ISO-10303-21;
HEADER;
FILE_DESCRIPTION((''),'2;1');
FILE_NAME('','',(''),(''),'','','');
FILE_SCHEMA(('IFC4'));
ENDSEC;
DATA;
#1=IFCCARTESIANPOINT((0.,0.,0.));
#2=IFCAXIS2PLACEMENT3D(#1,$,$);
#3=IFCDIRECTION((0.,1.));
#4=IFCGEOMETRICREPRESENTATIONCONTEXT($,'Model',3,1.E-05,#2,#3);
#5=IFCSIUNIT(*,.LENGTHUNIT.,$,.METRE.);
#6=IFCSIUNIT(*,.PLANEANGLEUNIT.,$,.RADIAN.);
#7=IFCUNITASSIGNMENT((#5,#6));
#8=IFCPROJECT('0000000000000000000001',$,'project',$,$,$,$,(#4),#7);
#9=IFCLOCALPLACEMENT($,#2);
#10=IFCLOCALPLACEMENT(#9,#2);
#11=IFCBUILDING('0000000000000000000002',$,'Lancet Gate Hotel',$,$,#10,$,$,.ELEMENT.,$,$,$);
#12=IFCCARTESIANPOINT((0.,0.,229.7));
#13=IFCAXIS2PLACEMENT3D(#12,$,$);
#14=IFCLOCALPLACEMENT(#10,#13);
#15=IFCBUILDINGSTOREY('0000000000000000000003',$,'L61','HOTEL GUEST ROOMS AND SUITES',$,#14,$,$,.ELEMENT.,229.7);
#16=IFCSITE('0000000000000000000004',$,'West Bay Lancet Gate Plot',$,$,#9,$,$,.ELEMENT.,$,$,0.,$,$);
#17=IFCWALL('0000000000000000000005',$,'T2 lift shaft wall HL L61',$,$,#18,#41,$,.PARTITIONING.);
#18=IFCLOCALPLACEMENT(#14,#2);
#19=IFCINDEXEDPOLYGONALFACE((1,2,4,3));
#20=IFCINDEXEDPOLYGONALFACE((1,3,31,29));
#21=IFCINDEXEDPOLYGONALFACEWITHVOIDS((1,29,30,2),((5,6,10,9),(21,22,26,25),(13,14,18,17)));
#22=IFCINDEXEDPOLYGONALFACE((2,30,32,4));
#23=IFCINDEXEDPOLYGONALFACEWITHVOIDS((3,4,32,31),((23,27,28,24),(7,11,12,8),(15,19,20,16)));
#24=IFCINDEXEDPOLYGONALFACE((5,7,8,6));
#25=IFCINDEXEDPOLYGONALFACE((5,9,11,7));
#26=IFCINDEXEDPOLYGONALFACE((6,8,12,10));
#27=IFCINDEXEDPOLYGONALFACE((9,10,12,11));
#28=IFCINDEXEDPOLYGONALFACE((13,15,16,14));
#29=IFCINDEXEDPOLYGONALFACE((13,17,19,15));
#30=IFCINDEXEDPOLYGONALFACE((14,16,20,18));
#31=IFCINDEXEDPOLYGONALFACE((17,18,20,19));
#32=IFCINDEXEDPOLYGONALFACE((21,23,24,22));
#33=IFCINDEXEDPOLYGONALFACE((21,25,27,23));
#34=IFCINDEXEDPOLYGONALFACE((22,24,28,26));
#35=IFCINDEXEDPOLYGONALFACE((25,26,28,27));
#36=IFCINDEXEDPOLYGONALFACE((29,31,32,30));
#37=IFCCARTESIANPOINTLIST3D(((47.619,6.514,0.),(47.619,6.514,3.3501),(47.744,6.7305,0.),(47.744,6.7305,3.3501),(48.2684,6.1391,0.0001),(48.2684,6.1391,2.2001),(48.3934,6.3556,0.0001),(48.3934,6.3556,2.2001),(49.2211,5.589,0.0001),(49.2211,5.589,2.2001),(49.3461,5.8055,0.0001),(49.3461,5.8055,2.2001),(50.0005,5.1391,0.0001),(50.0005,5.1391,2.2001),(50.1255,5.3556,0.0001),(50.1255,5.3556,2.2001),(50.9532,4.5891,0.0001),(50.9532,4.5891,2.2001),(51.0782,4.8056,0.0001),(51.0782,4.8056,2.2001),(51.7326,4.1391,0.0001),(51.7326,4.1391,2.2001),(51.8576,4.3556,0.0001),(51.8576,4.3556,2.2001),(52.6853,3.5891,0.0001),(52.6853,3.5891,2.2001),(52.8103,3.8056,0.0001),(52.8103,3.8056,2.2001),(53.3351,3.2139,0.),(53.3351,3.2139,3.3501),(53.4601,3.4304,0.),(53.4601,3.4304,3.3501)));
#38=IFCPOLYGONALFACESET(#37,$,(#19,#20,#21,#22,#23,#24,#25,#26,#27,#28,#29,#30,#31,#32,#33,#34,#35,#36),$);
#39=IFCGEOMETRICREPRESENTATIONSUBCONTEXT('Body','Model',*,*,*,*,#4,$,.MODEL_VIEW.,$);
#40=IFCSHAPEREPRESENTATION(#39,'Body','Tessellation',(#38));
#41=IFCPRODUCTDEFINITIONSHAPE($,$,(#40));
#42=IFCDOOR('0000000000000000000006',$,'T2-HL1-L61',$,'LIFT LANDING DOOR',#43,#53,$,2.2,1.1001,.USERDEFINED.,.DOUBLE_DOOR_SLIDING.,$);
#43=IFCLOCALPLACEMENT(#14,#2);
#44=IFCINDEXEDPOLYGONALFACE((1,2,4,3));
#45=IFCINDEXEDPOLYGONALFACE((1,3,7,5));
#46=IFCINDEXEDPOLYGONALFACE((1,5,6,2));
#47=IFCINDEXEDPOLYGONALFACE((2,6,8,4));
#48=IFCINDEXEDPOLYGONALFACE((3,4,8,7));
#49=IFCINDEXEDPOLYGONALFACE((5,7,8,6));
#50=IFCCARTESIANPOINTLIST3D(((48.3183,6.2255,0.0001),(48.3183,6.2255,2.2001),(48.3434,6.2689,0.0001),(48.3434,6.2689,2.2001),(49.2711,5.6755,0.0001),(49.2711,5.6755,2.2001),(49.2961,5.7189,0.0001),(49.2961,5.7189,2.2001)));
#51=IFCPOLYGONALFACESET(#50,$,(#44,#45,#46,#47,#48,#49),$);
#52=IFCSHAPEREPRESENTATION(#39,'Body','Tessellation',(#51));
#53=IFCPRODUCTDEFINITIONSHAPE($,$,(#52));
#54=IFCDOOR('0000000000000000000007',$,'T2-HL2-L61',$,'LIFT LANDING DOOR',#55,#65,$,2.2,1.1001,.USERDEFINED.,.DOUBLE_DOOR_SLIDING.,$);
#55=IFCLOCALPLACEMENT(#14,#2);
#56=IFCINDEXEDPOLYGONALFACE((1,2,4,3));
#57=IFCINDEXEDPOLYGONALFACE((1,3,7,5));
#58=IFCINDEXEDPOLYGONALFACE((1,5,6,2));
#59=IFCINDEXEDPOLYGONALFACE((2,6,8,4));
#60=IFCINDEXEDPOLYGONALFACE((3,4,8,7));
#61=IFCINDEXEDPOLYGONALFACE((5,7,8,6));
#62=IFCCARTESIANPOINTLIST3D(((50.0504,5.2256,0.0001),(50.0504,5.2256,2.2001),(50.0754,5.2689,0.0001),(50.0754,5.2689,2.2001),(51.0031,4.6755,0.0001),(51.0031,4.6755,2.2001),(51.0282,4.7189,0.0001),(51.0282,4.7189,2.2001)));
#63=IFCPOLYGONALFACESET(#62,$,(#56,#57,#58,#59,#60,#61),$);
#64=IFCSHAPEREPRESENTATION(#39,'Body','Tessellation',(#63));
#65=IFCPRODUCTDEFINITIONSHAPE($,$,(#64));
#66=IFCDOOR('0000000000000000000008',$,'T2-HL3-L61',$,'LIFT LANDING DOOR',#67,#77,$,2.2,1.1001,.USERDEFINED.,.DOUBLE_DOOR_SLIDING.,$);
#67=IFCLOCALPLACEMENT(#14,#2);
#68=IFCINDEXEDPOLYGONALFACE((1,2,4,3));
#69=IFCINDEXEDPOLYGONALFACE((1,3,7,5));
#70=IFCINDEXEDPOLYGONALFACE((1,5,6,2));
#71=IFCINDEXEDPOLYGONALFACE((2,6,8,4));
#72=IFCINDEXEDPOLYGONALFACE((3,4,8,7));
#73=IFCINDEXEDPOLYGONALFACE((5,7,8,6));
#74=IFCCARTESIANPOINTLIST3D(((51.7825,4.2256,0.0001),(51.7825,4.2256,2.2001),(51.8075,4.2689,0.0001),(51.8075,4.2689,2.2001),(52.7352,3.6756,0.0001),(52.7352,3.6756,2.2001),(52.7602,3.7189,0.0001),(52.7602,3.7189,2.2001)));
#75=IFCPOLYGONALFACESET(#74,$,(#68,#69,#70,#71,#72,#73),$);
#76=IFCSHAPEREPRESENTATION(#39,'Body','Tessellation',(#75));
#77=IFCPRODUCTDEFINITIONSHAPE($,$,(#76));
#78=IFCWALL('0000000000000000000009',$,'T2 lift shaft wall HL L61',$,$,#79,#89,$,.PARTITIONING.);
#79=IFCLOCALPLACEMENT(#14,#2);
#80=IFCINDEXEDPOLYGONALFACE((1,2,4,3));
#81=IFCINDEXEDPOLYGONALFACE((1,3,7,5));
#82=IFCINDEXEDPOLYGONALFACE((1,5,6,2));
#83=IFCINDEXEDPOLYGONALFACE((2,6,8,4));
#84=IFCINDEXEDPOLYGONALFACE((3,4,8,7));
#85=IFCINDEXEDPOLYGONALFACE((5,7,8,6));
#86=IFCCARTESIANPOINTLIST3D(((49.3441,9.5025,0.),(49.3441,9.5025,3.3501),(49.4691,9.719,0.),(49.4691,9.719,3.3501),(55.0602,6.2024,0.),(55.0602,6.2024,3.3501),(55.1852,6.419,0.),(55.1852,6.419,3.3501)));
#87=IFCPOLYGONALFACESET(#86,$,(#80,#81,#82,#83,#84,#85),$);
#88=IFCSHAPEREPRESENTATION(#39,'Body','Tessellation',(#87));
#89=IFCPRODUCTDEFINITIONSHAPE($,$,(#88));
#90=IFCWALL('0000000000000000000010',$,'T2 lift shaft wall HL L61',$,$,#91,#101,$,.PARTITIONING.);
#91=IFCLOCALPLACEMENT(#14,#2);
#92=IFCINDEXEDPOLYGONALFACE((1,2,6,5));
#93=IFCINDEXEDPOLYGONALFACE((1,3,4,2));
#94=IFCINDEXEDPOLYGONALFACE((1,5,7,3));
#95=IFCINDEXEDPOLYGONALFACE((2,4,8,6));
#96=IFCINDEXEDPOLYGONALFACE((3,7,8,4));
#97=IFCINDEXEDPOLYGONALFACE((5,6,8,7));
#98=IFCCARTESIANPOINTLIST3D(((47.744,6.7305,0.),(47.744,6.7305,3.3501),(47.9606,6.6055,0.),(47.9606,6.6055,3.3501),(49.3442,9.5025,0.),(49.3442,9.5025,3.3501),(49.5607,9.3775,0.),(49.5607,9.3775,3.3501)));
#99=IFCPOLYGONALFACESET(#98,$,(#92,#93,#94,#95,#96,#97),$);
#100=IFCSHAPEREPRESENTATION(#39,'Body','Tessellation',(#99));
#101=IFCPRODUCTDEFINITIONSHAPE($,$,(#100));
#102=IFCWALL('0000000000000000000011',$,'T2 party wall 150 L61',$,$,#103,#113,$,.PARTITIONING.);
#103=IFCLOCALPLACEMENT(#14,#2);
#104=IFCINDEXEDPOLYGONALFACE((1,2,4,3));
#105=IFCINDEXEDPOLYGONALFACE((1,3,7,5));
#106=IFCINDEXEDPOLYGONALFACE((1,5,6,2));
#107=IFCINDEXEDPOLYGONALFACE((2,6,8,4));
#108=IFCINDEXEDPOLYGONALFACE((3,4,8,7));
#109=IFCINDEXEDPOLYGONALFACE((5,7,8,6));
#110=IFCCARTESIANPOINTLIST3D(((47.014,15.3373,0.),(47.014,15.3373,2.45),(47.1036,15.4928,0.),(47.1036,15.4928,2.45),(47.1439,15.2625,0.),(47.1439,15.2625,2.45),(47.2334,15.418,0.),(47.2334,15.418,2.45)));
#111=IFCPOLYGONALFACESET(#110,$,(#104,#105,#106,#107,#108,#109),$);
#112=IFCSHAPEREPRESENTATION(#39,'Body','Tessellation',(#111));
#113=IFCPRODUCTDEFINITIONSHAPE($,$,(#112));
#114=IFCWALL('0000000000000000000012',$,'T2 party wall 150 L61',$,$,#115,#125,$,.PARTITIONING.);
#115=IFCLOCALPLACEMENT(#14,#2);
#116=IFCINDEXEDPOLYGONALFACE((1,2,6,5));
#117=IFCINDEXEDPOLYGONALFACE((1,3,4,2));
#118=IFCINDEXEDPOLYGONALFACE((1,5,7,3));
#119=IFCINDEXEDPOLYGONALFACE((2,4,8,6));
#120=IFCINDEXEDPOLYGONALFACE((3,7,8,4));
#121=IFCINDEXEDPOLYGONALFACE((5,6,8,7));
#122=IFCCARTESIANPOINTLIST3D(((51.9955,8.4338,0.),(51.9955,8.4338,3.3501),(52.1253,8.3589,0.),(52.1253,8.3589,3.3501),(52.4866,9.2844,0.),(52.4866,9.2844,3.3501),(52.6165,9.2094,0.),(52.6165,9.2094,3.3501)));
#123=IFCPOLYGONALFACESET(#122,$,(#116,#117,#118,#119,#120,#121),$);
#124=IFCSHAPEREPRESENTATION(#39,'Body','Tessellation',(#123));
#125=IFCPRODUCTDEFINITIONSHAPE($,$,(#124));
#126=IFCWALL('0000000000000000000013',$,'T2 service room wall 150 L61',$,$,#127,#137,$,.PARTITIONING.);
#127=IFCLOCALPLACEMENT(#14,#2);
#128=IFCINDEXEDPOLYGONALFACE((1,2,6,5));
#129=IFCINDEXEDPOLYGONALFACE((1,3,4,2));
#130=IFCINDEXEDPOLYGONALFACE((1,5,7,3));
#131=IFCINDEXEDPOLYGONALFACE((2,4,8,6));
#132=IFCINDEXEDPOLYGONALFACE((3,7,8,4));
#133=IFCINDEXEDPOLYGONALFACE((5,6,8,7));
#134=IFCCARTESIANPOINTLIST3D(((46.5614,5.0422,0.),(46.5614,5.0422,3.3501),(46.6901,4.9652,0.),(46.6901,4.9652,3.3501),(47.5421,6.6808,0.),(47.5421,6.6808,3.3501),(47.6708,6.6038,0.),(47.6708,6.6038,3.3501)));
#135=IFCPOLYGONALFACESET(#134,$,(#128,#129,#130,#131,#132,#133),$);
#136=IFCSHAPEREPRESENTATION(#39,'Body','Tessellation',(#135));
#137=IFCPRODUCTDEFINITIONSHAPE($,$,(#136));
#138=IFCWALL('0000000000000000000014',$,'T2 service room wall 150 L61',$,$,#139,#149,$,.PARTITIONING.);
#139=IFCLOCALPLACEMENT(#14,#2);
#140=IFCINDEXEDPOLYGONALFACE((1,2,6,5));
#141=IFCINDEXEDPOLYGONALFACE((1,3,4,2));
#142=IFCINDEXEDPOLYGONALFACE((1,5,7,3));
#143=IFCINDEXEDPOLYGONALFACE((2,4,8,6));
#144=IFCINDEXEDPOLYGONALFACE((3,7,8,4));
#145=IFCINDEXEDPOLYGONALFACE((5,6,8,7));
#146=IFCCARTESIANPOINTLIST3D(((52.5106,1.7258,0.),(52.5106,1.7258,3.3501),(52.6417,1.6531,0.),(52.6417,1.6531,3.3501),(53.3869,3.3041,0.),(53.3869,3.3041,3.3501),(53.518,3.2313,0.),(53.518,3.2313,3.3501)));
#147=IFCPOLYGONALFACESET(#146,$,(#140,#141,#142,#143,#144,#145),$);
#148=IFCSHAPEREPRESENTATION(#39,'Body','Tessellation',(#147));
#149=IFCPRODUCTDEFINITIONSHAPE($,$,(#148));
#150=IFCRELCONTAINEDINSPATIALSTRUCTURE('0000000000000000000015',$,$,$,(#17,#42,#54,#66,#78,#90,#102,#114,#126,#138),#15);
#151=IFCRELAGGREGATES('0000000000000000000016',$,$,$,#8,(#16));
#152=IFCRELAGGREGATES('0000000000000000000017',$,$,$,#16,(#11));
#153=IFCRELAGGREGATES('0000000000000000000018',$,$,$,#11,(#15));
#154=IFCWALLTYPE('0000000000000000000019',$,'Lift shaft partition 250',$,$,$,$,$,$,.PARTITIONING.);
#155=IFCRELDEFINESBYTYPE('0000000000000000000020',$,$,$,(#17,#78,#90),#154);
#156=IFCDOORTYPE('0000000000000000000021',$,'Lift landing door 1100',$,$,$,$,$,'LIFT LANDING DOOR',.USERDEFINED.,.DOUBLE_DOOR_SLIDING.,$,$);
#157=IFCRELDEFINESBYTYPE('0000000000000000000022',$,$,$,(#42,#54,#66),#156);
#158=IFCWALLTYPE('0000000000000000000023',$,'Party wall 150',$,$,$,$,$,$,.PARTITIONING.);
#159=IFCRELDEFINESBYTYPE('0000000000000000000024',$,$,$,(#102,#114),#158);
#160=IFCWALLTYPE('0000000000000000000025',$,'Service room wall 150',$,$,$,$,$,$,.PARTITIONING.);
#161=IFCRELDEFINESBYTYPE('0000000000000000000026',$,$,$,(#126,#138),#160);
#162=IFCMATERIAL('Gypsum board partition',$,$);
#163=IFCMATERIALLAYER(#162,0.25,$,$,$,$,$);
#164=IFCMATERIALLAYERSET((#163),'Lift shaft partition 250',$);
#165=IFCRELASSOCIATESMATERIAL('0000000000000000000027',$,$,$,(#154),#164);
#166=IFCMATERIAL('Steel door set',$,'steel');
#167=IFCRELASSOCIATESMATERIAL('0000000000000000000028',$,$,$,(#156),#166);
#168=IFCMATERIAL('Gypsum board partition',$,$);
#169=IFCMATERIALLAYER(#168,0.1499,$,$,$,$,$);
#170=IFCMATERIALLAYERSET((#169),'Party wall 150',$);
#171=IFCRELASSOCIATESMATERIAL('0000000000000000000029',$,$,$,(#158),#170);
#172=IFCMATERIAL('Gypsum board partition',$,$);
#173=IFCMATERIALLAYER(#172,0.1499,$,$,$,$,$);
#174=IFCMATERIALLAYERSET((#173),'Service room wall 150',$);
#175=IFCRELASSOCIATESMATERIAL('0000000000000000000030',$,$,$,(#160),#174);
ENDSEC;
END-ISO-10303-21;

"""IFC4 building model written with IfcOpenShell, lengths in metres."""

from ifc_helpers import new_model, si_unit, direction, frame, frame_2d, origin, place, context, subcontext, project, spatial, rectangle, extrude, material, layer, layer_set, type_object, element, fill, save


model = new_model("IFC4")

# Units and contexts
model_context = context("Model", 3, precision=1e-05, world=origin(), true_north=direction((0.0, 1.0)))
body_context = subcontext(model_context, "Body", "Model", "MODEL_VIEW")
ifc_project = project(units=[si_unit("LENGTHUNIT", "METRE"), si_unit("PLANEANGLEUNIT", "RADIAN")], contexts=[model_context])

# Site, building, storey
site_placement = place(None, origin())
site = spatial("IfcSite", under=ifc_project, at=site_placement, Name="West Bay Lancet Gate Plot", CompositionType="ELEMENT", RefElevation=0.0)
building_placement = place(site_placement, origin())
building = spatial("IfcBuilding", under=site, at=building_placement, Name="Lancet Gate Hotel", CompositionType="ELEMENT")
storey_placement = place(building_placement, frame((0.0, 0.0, 229.7)))
storey = spatial("IfcBuildingStorey", under=building, at=storey_placement, Name="L61", Description="HOTEL GUEST ROOMS AND SUITES", CompositionType="ELEMENT", Elevation=229.7)

# Wall, openings, doors
ifc_material_1 = material(Name="Gypsum board partition")
ifc_layer_1 = layer(ifc_material_1, 0.25)
ifc_layer_set_1 = layer_set([ifc_layer_1], Name="Lift shaft partition 250")
wall_type_1 = type_object("IfcWallType", Name="Lift shaft partition 250", PredefinedType="PARTITIONING", material=ifc_layer_set_1)
wall_1_placement = place(storey_placement, frame((47.6814, 6.6223, 0.0), z_axis=(0.0, 0.0, 1.0), x_axis=(0.866033, -0.499986, 0.0)))
wall_1 = element("IfcWall", 1, at=wall_1_placement, inside=storey, type_object=wall_type_1, Name="T2 lift shaft wall HL L61", PredefinedType="PARTITIONING", context=body_context, shape_type="SweptSolid", body=[
    extrude(rectangle(XDim=6.6003, YDim=0.25, at=frame_2d((3.3003, 0.0))), origin(), (0.0, 0.0, 1.0), 3.3501),
])
opening_1_placement = place(wall_1_placement, frame((0.75, 0.0, 0.0)))
opening_1 = element("IfcOpeningElement", 2, at=opening_1_placement, cuts=wall_1, PredefinedType="OPENING", context=body_context, shape_type="SweptSolid", body=[
    extrude(rectangle(XDim=1.1001, YDim=2.2, at=frame_2d((0.55, 1.1001))), frame((0.0, 0.135, 0.0), z_axis=(0.0, -1.0, 0.0), x_axis=(1.0, 0.0, 0.0)), (0.0, 0.0, 1.0), 0.27),
])
opening_2_placement = place(wall_1_placement, frame((2.75, 0.0, 0.0)))
opening_2 = element("IfcOpeningElement", 3, at=opening_2_placement, cuts=wall_1, PredefinedType="OPENING", context=body_context, shape_type="SweptSolid", body=[
    extrude(rectangle(XDim=1.1001, YDim=2.2, at=frame_2d((0.55, 1.1001))), frame((0.0, 0.135, 0.0), z_axis=(0.0, -1.0, 0.0), x_axis=(1.0, 0.0, 0.0)), (0.0, 0.0, 1.0), 0.27),
])
opening_3_placement = place(wall_1_placement, frame((4.75, 0.0, 0.0)))
opening_3 = element("IfcOpeningElement", 4, at=opening_3_placement, cuts=wall_1, PredefinedType="OPENING", context=body_context, shape_type="SweptSolid", body=[
    extrude(rectangle(XDim=1.1001, YDim=2.2, at=frame_2d((0.55, 1.1001))), frame((0.0, 0.135, 0.0), z_axis=(0.0, -1.0, 0.0), x_axis=(1.0, 0.0, 0.0)), (0.0, 0.0, 1.0), 0.27),
])
ifc_material_2 = material(Name="Steel door set", Category="steel")
door_type_1 = type_object("IfcDoorType", Name="Lift landing door 1100", ElementType="LIFT LANDING DOOR", OperationType="DOUBLE_DOOR_SLIDING", PredefinedType="USERDEFINED", material=ifc_material_2)
door_1_placement = place(opening_1_placement, origin())
door_1 = element("IfcDoor", 5, at=door_1_placement, inside=storey, type_object=door_type_1, Name="T2-HL1-L61", ObjectType="LIFT LANDING DOOR", OperationType="DOUBLE_DOOR_SLIDING", OverallHeight=2.2, OverallWidth=1.1001, PredefinedType="USERDEFINED", context=body_context, shape_type="SweptSolid", body=[
    extrude(rectangle(XDim=1.1001, YDim=2.2, at=frame_2d((0.55, 1.1001))), frame((0.0, 0.0249, 0.0), z_axis=(0.0, -1.0, 0.0), x_axis=(1.0, 0.0, 0.0)), (0.0, 0.0, 1.0), 0.05),
])
fill(opening_1, door_1)
door_2_placement = place(opening_2_placement, origin())
door_2 = element("IfcDoor", 6, at=door_2_placement, inside=storey, type_object=door_type_1, Name="T2-HL2-L61", ObjectType="LIFT LANDING DOOR", OperationType="DOUBLE_DOOR_SLIDING", OverallHeight=2.2, OverallWidth=1.1001, PredefinedType="USERDEFINED", context=body_context, shape_type="SweptSolid", body=[
    extrude(rectangle(XDim=1.1001, YDim=2.2, at=frame_2d((0.55, 1.1001))), frame((0.0, 0.0249, 0.0), z_axis=(0.0, -1.0, 0.0), x_axis=(1.0, 0.0, 0.0)), (0.0, 0.0, 1.0), 0.05),
])
fill(opening_2, door_2)
door_3_placement = place(opening_3_placement, origin())
door_3 = element("IfcDoor", 7, at=door_3_placement, inside=storey, type_object=door_type_1, Name="T2-HL3-L61", ObjectType="LIFT LANDING DOOR", OperationType="DOUBLE_DOOR_SLIDING", OverallHeight=2.2, OverallWidth=1.1001, PredefinedType="USERDEFINED", context=body_context, shape_type="SweptSolid", body=[
    extrude(rectangle(XDim=1.1001, YDim=2.2, at=frame_2d((0.55, 1.1001))), frame((0.0, 0.0249, 0.0), z_axis=(0.0, -1.0, 0.0), x_axis=(1.0, 0.0, 0.0)), (0.0, 0.0, 1.0), 0.05),
])
fill(opening_3, door_3)

# Walls
wall_2_placement = place(storey_placement, frame((49.4065, 9.6108, 0.0), z_axis=(0.0, 0.0, 1.0), x_axis=(0.866033, -0.499986, 0.0)))
element("IfcWall", 8, at=wall_2_placement, inside=storey, type_object=wall_type_1, Name="T2 lift shaft wall HL L61", PredefinedType="PARTITIONING", context=body_context, shape_type="SweptSolid", body=[
    extrude(rectangle(XDim=6.6003, YDim=0.25, at=frame_2d((3.3003, 0.0))), origin(), (0.0, 0.0, 1.0), 3.3501),
])
wall_3_placement = place(storey_placement, frame((47.8523, 6.668, 0.0), z_axis=(0.0, 0.0, 1.0), x_axis=(0.499929, 0.866066, 0.0)))
element("IfcWall", 9, at=wall_3_placement, inside=storey, type_object=wall_type_1, Name="T2 lift shaft wall HL L61", PredefinedType="PARTITIONING", context=body_context, shape_type="SweptSolid", body=[
    extrude(rectangle(XDim=3.2007, YDim=0.25, at=frame_2d((1.6003, 0.0))), origin(), (0.0, 0.0, 1.0), 3.3501),
])
ifc_material_3 = material(Name="Gypsum board partition")
ifc_layer_2 = layer(ifc_material_3, 0.1499)
ifc_layer_set_2 = layer_set([ifc_layer_2], Name="Party wall 150")
wall_type_2 = type_object("IfcWallType", Name="Party wall 150", PredefinedType="PARTITIONING", material=ifc_layer_set_2)
wall_4_placement = place(storey_placement, frame((47.0789, 15.2998, 0.0), z_axis=(0.0, 0.0, 1.0), x_axis=(0.499212, 0.86648, 0.0)))
element("IfcWall", 10, at=wall_4_placement, inside=storey, type_object=wall_type_2, Name="T2 party wall 150 L61", PredefinedType="PARTITIONING", context=body_context, shape_type="SweptSolid", body=[
    extrude(rectangle(XDim=0.1794, YDim=0.1499, at=frame_2d((0.0898, 0.0))), origin(), (0.0, 0.0, 1.0), 2.45),
])
wall_5_placement = place(storey_placement, frame((52.0603, 8.3962, 0.0), z_axis=(0.0, 0.0, 1.0), x_axis=(0.500095, 0.86597, 0.0)))
element("IfcWall", 11, at=wall_5_placement, inside=storey, type_object=wall_type_2, Name="T2 party wall 150 L61", PredefinedType="PARTITIONING", context=body_context, shape_type="SweptSolid", body=[
    extrude(rectangle(XDim=0.9822, YDim=0.1499, at=frame_2d((0.4912, 0.0))), origin(), (0.0, 0.0, 1.0), 3.3501),
])
ifc_material_4 = material(Name="Gypsum board partition")
ifc_layer_3 = layer(ifc_material_4, 0.1499)
ifc_layer_set_3 = layer_set([ifc_layer_3], Name="Service room wall 150")
wall_type_3 = type_object("IfcWallType", Name="Service room wall 150", PredefinedType="PARTITIONING", material=ifc_layer_set_3)
wall_6_placement = place(storey_placement, frame((47.6064, 6.6423, 0.0), z_axis=(0.0, 0.0, 1.0), x_axis=(-0.513537, -0.858068, 0.0)))
element("IfcWall", 12, at=wall_6_placement, inside=storey, type_object=wall_type_3, Name="T2 service room wall 150 L61", PredefinedType="PARTITIONING", context=body_context, shape_type="SweptSolid", body=[
    extrude(rectangle(XDim=1.9097, YDim=0.1499, at=frame_2d((0.9548, 0.0))), origin(), (0.0, 0.0, 1.0), 3.3501),
])
wall_7_placement = place(storey_placement, frame((52.5762, 1.6895, 0.0), z_axis=(0.0, 0.0, 1.0), x_axis=(0.485425, 0.874278, 0.0)))
element("IfcWall", 13, at=wall_7_placement, inside=storey, type_object=wall_type_3, Name="T2 service room wall 150 L61", PredefinedType="PARTITIONING", context=body_context, shape_type="SweptSolid", body=[
    extrude(rectangle(XDim=1.8052, YDim=0.1499, at=frame_2d((0.9026, 0.0))), origin(), (0.0, 0.0, 1.0), 3.3501),
])

save(model, "model.ifc")
